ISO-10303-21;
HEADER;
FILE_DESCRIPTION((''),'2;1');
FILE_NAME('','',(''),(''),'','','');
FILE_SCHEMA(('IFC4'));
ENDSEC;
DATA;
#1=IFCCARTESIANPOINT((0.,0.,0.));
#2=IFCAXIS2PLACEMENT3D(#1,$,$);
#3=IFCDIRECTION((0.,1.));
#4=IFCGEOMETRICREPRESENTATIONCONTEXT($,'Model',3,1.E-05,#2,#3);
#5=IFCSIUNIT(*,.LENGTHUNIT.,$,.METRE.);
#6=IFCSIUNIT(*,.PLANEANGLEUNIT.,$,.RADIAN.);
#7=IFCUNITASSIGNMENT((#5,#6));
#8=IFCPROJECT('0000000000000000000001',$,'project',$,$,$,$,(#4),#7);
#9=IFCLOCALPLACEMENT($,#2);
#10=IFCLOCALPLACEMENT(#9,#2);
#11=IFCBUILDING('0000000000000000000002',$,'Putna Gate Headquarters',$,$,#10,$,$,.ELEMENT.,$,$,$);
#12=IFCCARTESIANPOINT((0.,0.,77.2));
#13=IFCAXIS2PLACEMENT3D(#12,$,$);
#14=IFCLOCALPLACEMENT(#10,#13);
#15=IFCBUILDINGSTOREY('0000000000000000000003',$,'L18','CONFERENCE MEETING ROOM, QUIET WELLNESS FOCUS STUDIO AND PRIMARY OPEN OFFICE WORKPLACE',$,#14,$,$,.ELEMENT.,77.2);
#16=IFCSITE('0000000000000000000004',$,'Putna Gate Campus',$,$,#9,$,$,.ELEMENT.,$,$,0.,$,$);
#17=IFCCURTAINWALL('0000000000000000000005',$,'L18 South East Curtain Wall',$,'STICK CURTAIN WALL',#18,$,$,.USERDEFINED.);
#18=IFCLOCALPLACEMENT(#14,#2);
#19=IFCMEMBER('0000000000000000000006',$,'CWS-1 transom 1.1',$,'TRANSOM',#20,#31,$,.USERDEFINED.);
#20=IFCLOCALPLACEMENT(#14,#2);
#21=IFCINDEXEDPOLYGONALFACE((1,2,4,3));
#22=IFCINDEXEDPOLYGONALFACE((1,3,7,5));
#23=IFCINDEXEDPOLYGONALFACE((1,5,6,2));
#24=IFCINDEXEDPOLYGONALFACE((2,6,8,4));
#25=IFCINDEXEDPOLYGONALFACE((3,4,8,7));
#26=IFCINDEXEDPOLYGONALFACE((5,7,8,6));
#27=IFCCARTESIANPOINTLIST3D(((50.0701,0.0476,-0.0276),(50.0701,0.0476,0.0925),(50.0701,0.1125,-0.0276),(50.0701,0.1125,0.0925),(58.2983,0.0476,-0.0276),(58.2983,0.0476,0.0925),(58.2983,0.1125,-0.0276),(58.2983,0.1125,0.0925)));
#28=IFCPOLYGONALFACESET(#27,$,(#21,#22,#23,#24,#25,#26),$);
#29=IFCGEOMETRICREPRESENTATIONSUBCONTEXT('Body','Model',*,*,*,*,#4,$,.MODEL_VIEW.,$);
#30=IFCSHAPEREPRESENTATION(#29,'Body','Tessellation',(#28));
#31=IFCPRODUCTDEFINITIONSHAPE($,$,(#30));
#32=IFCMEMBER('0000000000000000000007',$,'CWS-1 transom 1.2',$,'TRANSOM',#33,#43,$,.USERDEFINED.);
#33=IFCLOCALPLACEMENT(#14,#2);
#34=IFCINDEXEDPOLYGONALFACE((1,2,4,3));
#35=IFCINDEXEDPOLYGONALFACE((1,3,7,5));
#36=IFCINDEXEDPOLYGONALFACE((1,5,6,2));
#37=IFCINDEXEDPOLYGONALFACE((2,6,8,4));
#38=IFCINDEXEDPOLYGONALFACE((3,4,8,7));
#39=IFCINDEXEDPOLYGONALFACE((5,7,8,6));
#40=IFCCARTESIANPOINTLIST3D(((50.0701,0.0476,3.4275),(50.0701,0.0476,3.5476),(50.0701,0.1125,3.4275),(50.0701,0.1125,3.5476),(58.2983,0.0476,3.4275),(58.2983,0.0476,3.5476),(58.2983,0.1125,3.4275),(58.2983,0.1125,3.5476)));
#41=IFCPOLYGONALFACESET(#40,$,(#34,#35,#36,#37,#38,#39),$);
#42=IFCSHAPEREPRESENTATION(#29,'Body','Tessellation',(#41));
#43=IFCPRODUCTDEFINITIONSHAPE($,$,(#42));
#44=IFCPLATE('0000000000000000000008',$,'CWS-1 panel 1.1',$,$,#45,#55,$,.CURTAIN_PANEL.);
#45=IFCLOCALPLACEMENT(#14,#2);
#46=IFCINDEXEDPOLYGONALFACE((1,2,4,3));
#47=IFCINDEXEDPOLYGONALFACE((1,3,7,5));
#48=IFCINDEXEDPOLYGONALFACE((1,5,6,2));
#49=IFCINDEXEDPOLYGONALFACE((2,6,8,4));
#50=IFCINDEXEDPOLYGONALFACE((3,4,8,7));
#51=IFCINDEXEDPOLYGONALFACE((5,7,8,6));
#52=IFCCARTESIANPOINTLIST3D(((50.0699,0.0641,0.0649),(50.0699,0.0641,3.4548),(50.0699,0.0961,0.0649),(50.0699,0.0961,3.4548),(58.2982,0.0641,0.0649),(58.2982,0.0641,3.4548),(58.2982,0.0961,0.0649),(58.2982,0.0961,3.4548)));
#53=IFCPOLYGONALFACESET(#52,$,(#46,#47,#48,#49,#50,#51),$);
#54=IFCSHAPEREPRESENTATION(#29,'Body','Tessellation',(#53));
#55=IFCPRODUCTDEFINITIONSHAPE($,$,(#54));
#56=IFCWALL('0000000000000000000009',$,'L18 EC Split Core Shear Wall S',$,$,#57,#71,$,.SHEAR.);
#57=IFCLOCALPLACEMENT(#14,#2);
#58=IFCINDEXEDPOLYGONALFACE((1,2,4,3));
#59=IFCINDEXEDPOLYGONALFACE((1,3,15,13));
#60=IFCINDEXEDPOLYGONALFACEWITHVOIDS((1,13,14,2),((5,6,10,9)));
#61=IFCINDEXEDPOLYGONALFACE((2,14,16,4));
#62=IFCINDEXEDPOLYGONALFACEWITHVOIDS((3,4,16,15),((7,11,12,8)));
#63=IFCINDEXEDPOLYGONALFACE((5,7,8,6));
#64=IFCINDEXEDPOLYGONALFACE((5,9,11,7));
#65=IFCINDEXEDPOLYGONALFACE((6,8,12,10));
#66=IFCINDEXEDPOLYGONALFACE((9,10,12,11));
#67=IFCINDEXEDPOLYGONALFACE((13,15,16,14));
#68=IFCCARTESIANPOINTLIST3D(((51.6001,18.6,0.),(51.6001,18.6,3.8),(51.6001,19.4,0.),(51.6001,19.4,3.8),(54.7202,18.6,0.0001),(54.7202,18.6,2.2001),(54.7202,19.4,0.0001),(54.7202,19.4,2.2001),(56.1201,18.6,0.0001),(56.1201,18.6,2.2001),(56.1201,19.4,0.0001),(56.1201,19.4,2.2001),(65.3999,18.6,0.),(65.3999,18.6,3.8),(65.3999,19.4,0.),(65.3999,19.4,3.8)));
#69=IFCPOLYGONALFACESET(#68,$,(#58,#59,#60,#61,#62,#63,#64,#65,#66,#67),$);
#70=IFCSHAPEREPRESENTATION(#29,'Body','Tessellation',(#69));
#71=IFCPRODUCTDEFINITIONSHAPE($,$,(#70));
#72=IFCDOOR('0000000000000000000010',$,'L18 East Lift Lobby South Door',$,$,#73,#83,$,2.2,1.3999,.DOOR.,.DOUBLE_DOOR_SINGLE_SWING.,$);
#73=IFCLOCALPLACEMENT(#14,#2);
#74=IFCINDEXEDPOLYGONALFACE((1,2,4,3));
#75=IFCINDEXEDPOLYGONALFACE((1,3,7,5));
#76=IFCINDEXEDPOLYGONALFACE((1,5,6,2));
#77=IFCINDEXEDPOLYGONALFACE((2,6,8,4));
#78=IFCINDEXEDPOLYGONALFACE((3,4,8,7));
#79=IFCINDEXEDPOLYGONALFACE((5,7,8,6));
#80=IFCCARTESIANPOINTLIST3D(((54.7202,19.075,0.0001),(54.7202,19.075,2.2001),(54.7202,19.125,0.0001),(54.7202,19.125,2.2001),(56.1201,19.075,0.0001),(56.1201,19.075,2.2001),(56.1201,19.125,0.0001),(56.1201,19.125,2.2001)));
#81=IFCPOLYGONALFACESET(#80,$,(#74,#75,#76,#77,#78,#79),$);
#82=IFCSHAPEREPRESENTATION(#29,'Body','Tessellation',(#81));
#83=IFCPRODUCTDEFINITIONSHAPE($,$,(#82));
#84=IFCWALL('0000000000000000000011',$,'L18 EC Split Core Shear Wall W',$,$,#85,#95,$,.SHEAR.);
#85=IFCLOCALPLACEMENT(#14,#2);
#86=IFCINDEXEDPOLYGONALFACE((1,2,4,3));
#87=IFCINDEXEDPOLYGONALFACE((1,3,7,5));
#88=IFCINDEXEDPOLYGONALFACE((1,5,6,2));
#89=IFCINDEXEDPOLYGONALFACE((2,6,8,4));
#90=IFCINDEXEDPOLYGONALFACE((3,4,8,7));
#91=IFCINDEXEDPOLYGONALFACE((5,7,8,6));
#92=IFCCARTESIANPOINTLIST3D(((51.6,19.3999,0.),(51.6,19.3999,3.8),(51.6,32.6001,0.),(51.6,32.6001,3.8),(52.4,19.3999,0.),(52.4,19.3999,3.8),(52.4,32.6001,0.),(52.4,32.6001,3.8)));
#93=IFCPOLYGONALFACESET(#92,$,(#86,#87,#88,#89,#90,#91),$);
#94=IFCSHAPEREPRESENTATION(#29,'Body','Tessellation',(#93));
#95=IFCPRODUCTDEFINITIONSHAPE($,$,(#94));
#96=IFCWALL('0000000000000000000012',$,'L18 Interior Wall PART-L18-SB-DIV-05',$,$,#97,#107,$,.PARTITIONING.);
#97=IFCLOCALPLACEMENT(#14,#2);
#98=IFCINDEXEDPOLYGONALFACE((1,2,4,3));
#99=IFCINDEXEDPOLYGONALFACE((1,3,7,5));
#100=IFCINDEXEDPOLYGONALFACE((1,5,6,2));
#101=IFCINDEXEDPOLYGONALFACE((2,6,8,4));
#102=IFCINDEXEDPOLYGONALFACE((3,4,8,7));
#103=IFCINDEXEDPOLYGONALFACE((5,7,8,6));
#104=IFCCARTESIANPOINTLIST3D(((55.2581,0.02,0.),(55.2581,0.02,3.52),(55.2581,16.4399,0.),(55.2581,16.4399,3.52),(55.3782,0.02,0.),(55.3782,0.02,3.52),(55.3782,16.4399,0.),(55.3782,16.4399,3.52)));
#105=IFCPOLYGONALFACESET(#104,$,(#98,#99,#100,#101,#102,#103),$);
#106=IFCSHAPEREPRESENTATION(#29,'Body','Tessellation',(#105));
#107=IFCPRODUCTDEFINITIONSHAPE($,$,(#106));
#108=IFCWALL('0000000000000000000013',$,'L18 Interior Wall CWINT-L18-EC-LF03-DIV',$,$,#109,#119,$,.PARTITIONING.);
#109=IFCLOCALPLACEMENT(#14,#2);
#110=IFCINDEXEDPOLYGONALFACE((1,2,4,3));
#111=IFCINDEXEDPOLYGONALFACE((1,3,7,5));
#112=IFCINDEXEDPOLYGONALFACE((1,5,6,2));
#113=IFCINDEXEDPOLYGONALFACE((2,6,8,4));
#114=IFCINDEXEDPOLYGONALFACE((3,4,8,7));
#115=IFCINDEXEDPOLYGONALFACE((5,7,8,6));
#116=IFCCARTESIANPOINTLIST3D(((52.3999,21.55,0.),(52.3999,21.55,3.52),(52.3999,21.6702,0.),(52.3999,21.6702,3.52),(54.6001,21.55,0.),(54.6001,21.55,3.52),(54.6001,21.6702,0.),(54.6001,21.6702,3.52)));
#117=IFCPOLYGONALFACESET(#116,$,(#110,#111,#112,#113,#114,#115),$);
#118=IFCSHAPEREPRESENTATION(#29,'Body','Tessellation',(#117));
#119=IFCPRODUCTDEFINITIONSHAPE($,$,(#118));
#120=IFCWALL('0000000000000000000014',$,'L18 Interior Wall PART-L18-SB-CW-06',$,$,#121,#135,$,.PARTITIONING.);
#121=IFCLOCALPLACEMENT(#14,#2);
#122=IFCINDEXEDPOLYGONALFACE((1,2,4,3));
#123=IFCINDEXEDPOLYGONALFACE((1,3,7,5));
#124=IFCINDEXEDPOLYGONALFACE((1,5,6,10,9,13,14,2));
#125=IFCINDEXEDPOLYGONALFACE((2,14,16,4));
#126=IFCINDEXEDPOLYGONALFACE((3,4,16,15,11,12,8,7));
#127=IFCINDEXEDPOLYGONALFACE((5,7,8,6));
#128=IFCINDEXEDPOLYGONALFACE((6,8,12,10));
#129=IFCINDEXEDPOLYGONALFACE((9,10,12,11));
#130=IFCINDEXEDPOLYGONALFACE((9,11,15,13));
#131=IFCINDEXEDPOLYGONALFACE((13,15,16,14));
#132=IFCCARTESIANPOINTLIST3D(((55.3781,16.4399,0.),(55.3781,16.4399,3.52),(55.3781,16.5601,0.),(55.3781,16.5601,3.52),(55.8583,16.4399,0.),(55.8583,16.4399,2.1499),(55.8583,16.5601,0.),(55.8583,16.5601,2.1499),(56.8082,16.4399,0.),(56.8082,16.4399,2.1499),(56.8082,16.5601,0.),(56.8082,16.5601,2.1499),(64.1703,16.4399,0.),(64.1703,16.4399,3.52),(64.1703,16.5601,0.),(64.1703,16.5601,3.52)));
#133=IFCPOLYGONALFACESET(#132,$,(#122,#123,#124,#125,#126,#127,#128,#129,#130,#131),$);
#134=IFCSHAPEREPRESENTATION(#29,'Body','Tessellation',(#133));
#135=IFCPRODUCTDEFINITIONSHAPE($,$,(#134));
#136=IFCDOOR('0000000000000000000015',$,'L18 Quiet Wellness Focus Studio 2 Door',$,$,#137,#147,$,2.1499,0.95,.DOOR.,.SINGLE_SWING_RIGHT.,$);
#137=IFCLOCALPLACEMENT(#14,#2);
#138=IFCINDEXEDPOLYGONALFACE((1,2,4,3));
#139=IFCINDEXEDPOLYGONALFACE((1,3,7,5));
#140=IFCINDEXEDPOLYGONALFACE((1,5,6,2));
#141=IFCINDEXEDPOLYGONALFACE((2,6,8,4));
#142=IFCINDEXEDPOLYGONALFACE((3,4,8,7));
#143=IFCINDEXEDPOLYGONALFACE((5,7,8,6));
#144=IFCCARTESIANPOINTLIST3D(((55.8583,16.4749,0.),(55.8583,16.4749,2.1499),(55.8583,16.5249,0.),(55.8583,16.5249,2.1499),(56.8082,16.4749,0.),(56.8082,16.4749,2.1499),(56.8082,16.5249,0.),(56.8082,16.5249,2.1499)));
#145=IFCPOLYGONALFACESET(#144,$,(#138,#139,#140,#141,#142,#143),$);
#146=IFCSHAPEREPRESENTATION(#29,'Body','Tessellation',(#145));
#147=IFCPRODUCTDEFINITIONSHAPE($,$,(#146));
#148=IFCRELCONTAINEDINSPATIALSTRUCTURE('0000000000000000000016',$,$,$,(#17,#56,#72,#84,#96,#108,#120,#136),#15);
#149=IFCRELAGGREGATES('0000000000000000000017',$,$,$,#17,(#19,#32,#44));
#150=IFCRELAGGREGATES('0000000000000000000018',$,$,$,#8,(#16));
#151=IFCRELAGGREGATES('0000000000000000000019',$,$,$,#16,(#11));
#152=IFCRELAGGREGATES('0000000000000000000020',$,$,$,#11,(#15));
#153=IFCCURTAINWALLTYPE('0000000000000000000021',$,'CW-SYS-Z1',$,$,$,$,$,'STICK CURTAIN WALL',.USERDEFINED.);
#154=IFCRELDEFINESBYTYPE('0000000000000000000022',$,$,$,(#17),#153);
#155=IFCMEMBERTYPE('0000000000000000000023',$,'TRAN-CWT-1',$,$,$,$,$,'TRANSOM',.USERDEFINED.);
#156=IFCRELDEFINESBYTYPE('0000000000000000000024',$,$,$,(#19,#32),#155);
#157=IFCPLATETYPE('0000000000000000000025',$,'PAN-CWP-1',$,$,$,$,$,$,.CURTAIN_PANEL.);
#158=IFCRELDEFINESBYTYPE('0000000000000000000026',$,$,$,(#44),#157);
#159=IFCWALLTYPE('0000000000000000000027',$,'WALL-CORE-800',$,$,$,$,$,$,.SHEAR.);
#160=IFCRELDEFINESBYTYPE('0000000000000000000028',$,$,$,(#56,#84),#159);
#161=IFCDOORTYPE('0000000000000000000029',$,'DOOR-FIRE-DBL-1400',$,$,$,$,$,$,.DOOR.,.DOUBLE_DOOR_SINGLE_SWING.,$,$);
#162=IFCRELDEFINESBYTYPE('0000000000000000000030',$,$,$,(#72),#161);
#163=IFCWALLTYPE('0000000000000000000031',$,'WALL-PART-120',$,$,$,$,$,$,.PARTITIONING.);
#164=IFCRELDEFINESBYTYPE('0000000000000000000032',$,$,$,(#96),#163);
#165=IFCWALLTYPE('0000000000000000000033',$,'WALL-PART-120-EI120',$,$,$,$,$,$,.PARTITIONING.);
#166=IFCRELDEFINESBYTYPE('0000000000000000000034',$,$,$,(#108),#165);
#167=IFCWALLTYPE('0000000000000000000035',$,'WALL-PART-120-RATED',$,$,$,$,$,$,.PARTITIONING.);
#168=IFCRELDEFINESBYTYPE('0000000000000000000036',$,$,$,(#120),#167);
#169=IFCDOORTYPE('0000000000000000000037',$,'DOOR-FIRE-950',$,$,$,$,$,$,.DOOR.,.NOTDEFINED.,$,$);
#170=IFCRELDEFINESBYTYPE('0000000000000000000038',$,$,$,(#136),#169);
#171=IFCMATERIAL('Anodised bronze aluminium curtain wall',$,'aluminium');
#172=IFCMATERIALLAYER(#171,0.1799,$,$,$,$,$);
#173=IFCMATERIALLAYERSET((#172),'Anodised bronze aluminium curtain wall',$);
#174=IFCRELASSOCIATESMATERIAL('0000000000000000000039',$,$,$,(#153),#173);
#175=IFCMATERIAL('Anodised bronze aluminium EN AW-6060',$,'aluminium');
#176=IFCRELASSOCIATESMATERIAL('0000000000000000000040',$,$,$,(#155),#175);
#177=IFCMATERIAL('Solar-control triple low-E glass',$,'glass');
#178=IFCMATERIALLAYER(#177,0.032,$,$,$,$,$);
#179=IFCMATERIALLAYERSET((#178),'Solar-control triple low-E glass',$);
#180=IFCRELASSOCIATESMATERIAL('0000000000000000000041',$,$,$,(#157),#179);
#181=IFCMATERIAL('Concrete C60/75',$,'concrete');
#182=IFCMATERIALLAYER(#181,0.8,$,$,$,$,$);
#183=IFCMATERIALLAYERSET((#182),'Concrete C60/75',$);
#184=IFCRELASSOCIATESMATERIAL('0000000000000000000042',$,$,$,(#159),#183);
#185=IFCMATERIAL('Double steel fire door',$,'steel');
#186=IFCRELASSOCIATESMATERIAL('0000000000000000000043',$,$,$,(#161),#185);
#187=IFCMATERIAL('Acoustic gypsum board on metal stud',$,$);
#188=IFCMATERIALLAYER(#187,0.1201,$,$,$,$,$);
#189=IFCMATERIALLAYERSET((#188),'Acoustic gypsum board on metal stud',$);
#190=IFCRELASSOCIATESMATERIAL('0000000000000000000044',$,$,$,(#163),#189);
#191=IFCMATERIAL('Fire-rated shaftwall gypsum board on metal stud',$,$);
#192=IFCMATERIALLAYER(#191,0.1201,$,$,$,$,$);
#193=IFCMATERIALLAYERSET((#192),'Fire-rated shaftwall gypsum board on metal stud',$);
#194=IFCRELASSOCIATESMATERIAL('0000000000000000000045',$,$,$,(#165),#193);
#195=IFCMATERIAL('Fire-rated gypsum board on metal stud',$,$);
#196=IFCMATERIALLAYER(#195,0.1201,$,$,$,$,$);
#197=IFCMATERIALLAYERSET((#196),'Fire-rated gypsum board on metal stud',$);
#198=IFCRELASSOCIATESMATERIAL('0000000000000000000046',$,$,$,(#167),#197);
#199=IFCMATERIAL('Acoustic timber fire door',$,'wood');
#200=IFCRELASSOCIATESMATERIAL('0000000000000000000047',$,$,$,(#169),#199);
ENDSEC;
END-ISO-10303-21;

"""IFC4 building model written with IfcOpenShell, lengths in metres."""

from ifc_helpers import new_model, si_unit, direction, frame, frame_2d, origin, origin_2d, place, context, subcontext, project, spatial, rectangle, extrude, material, layer, layer_set, material_profile, profile_set, type_object, element, fill, aggregate, save


model = new_model("IFC4")

# Units and contexts
model_context = context("Model", 3, precision=1e-05, world=origin(), true_north=direction((0.0, 1.0)))
body_context = subcontext(model_context, "Body", "Model", "MODEL_VIEW")
ifc_project = project(units=[si_unit("LENGTHUNIT", "METRE"), si_unit("PLANEANGLEUNIT", "RADIAN")], contexts=[model_context])

# Site, building, storey
site_placement = place(None, origin())
site = spatial("IfcSite", under=ifc_project, at=site_placement, Name="Putna Gate Campus", CompositionType="ELEMENT", RefElevation=0.0)
building_placement = place(site_placement, origin())
building = spatial("IfcBuilding", under=site, at=building_placement, Name="Putna Gate Headquarters", CompositionType="ELEMENT")
storey_placement = place(building_placement, frame((0.0, 0.0, 77.2)))
storey = spatial("IfcBuildingStorey", under=building, at=storey_placement, Name="L18", Description="CONFERENCE MEETING ROOM, QUIET WELLNESS FOCUS STUDIO AND PRIMARY OPEN OFFICE WORKPLACE", CompositionType="ELEMENT", Elevation=77.2)

# Shared definitions
ifc_material_1 = material(Name="Concrete C60/75", Category="concrete")

# Curtain wall
ifc_material_2 = material(Name="Anodised bronze aluminium curtain wall", Category="aluminium")
ifc_layer_1 = layer(ifc_material_2, 0.1799)
ifc_layer_set_1 = layer_set([ifc_layer_1], Name="Anodised bronze aluminium curtain wall")
curtain_wall_type_1 = type_object("IfcCurtainWallType", Name="CW-SYS-Z1", ElementType="STICK CURTAIN WALL", PredefinedType="USERDEFINED", material=ifc_layer_set_1)
curtain_wall_1_placement = place(storey_placement, origin())
curtain_wall_1 = element("IfcCurtainWall", 1, at=curtain_wall_1_placement, inside=storey, type_object=curtain_wall_type_1, Name="L18 South East Curtain Wall", ObjectType="STICK CURTAIN WALL", PredefinedType="USERDEFINED")
ifc_material_3 = material(Name="Anodised bronze aluminium EN AW-6060", Category="aluminium")

# Members
ifc_material_profile_1 = material_profile(ifc_material_3, rectangle(XDim=0.0649, YDim=0.1201, at=origin_2d()), Name="Anodised bronze aluminium EN AW-6060")
ifc_profile_set_1 = profile_set([ifc_material_profile_1], Name="Anodised bronze aluminium EN AW-6060")
member_type_1 = type_object("IfcMemberType", Name="TRAN-CWT-1", ElementType="TRANSOM", PredefinedType="USERDEFINED", material=ifc_profile_set_1)
member_1_placement = place(storey_placement, frame((50.0701, 0.0801, 0.0325), z_axis=(1.0, 0.0, 0.0), x_axis=(0.0, 1.0, 0.0)))
member_1 = element("IfcMember", 2, at=member_1_placement, type_object=member_type_1, Name="CWS-1 transom 1.1", ObjectType="TRANSOM", PredefinedType="USERDEFINED", context=body_context, shape_type="SweptSolid", body=[
    extrude(rectangle(XDim=0.0649, YDim=0.1201, at=origin_2d()), origin(), (0.0, 0.0, 1.0), 8.2283),
])
member_2_placement = place(storey_placement, frame((50.0701, 0.0801, 3.4875), z_axis=(1.0, 0.0, 0.0), x_axis=(0.0, 1.0, 0.0)))
member_2 = element("IfcMember", 3, at=member_2_placement, type_object=member_type_1, Name="CWS-1 transom 1.2", ObjectType="TRANSOM", PredefinedType="USERDEFINED", context=body_context, shape_type="SweptSolid", body=[
    extrude(rectangle(XDim=0.0649, YDim=0.1201, at=origin_2d()), origin(), (0.0, 0.0, 1.0), 8.2283),
])

# Plate
ifc_material_4 = material(Name="Solar-control triple low-E glass", Category="glass")
ifc_layer_2 = layer(ifc_material_4, 0.032)
ifc_layer_set_2 = layer_set([ifc_layer_2], Name="Solar-control triple low-E glass")
plate_type = type_object("IfcPlateType", Name="PAN-CWP-1", PredefinedType="CURTAIN_PANEL", material=ifc_layer_set_2)
plate_placement = place(storey_placement, frame((54.1841, 0.0801, 0.0649), z_axis=(0.0, 0.0, 1.0), x_axis=(1.0, 0.0, 0.0)))
plate = element("IfcPlate", 4, at=plate_placement, type_object=plate_type, Name="CWS-1 panel 1.1", PredefinedType="CURTAIN_PANEL", context=body_context, shape_type="SweptSolid", body=[
    extrude(rectangle(XDim=8.2283, YDim=0.032, at=origin_2d()), origin(), (0.0, 0.0, 1.0), 3.3899),
])
aggregate(curtain_wall_1, [member_1, member_2, plate])

# Wall, opening, door
ifc_layer_3 = layer(ifc_material_1, 0.8)
ifc_layer_set_3 = layer_set([ifc_layer_3], Name="Concrete C60/75")
wall_type_1 = type_object("IfcWallType", Name="WALL-CORE-800", PredefinedType="SHEAR", material=ifc_layer_set_3)
wall_1_placement = place(storey_placement, frame((51.6001, 19.0, 0.0), z_axis=(0.0, 0.0, 1.0), x_axis=(1.0, 0.0, 0.0)))
wall_1 = element("IfcWall", 5, at=wall_1_placement, inside=storey, type_object=wall_type_1, Name="L18 EC Split Core Shear Wall S", PredefinedType="SHEAR", context=body_context, shape_type="SweptSolid", body=[
    extrude(rectangle(XDim=13.7998, YDim=0.8, at=frame_2d((6.8999, 0.0))), origin(), (0.0, 0.0, 1.0), 3.8),
])
opening_1_placement = place(wall_1_placement, frame((3.1201, 0.0, 0.0)))
opening_1 = element("IfcOpeningElement", 6, at=opening_1_placement, cuts=wall_1, PredefinedType="OPENING", context=body_context, shape_type="SweptSolid", body=[
    extrude(rectangle(XDim=1.3999, YDim=2.2, at=frame_2d((0.7, 1.1001))), frame((0.0, 0.4099, 0.0), z_axis=(0.0, -1.0, 0.0), x_axis=(1.0, 0.0, 0.0)), (0.0, 0.0, 1.0), 0.8201),
])
ifc_material_5 = material(Name="Double steel fire door", Category="steel")
door_type_1 = type_object("IfcDoorType", Name="DOOR-FIRE-DBL-1400", OperationType="DOUBLE_DOOR_SINGLE_SWING", PredefinedType="DOOR", material=ifc_material_5)
door_1_placement = place(opening_1_placement, origin())
door_1 = element("IfcDoor", 7, at=door_1_placement, inside=storey, type_object=door_type_1, Name="L18 East Lift Lobby South Door", OperationType="DOUBLE_DOOR_SINGLE_SWING", OverallHeight=2.2, OverallWidth=1.3999, PredefinedType="DOOR", context=body_context, shape_type="SweptSolid", body=[
    extrude(rectangle(XDim=1.3999, YDim=2.2, at=frame_2d((0.7, 1.1001))), frame((0.0, 0.125, 0.0), z_axis=(0.0, -1.0, 0.0), x_axis=(1.0, 0.0, 0.0)), (0.0, 0.0, 1.0), 0.05),
])
fill(opening_1, door_1)

# Walls
wall_2_placement = place(storey_placement, frame((52.0, 19.3999, 0.0), z_axis=(0.0, 0.0, 1.0), x_axis=(0.0, 1.0, 0.0)))
element("IfcWall", 8, at=wall_2_placement, inside=storey, type_object=wall_type_1, Name="L18 EC Split Core Shear Wall W", PredefinedType="SHEAR", context=body_context, shape_type="SweptSolid", body=[
    extrude(rectangle(XDim=13.2002, YDim=0.8, at=frame_2d((6.6001, 0.0))), origin(), (0.0, 0.0, 1.0), 3.8),
])
ifc_material_6 = material(Name="Acoustic gypsum board on metal stud")
ifc_layer_4 = layer(ifc_material_6, 0.1201)
ifc_layer_set_4 = layer_set([ifc_layer_4], Name="Acoustic gypsum board on metal stud")
wall_type_2 = type_object("IfcWallType", Name="WALL-PART-120", PredefinedType="PARTITIONING", material=ifc_layer_set_4)
wall_3_placement = place(storey_placement, frame((55.3181, 0.02, 0.0), z_axis=(0.0, 0.0, 1.0), x_axis=(0.0, 1.0, 0.0)))
element("IfcWall", 9, at=wall_3_placement, inside=storey, type_object=wall_type_2, Name="L18 Interior Wall PART-L18-SB-DIV-05", PredefinedType="PARTITIONING", context=body_context, shape_type="SweptSolid", body=[
    extrude(rectangle(XDim=16.4199, YDim=0.1201, at=frame_2d((8.21, 0.0))), origin(), (0.0, 0.0, 1.0), 3.52),
])
ifc_material_7 = material(Name="Fire-rated shaftwall gypsum board on metal stud")
ifc_layer_5 = layer(ifc_material_7, 0.1201)
ifc_layer_set_5 = layer_set([ifc_layer_5], Name="Fire-rated shaftwall gypsum board on metal stud")
wall_type_3 = type_object("IfcWallType", Name="WALL-PART-120-EI120", PredefinedType="PARTITIONING", material=ifc_layer_set_5)
wall_4_placement = place(storey_placement, frame((52.3999, 21.6101, 0.0), z_axis=(0.0, 0.0, 1.0), x_axis=(1.0, 0.0, 0.0)))
element("IfcWall", 10, at=wall_4_placement, inside=storey, type_object=wall_type_3, Name="L18 Interior Wall CWINT-L18-EC-LF03-DIV", PredefinedType="PARTITIONING", context=body_context, shape_type="SweptSolid", body=[
    extrude(rectangle(XDim=2.2002, YDim=0.1201, at=frame_2d((1.1001, 0.0))), origin(), (0.0, 0.0, 1.0), 3.52),
])

# Wall, opening, door
ifc_material_8 = material(Name="Fire-rated gypsum board on metal stud")
ifc_layer_6 = layer(ifc_material_8, 0.1201)
ifc_layer_set_6 = layer_set([ifc_layer_6], Name="Fire-rated gypsum board on metal stud")
wall_type_4 = type_object("IfcWallType", Name="WALL-PART-120-RATED", PredefinedType="PARTITIONING", material=ifc_layer_set_6)
wall_5_placement = place(storey_placement, frame((55.3782, 16.5, 0.0), z_axis=(0.0, 0.0, 1.0), x_axis=(1.0, 0.0, 0.0)))
wall_5 = element("IfcWall", 11, at=wall_5_placement, inside=storey, type_object=wall_type_4, Name="L18 Interior Wall PART-L18-SB-CW-06", PredefinedType="PARTITIONING", context=body_context, shape_type="SweptSolid", body=[
    extrude(rectangle(XDim=8.7922, YDim=0.1201, at=frame_2d((4.396, 0.0))), origin(), (0.0, 0.0, 1.0), 3.52),
])
opening_2_placement = place(wall_5_placement, frame((0.48, 0.0, 0.0)))
opening_2 = element("IfcOpeningElement", 12, at=opening_2_placement, cuts=wall_5, PredefinedType="OPENING", context=body_context, shape_type="SweptSolid", body=[
    extrude(rectangle(XDim=0.95, YDim=2.1499, at=frame_2d((0.4751, 1.075))), frame((0.0, 0.0701, 0.0), z_axis=(0.0, -1.0, 0.0), x_axis=(1.0, 0.0, 0.0)), (0.0, 0.0, 1.0), 0.1401),
])
ifc_material_9 = material(Name="Acoustic timber fire door", Category="wood")
door_type_2 = type_object("IfcDoorType", Name="DOOR-FIRE-950", OperationType="NOTDEFINED", PredefinedType="DOOR", material=ifc_material_9)
door_2_placement = place(opening_2_placement, origin())
door_2 = element("IfcDoor", 13, at=door_2_placement, inside=storey, type_object=door_type_2, Name="L18 Quiet Wellness Focus Studio 2 Door", OperationType="SINGLE_SWING_RIGHT", OverallHeight=2.1499, OverallWidth=0.95, PredefinedType="DOOR", context=body_context, shape_type="SweptSolid", body=[
    extrude(rectangle(XDim=0.95, YDim=2.1499, at=frame_2d((0.4751, 1.075))), frame((0.0, 0.0249, 0.0), z_axis=(0.0, -1.0, 0.0), x_axis=(1.0, 0.0, 0.0)), (0.0, 0.0, 1.0), 0.05),
])
fill(opening_2, door_2)

save(model, "model.ifc")
